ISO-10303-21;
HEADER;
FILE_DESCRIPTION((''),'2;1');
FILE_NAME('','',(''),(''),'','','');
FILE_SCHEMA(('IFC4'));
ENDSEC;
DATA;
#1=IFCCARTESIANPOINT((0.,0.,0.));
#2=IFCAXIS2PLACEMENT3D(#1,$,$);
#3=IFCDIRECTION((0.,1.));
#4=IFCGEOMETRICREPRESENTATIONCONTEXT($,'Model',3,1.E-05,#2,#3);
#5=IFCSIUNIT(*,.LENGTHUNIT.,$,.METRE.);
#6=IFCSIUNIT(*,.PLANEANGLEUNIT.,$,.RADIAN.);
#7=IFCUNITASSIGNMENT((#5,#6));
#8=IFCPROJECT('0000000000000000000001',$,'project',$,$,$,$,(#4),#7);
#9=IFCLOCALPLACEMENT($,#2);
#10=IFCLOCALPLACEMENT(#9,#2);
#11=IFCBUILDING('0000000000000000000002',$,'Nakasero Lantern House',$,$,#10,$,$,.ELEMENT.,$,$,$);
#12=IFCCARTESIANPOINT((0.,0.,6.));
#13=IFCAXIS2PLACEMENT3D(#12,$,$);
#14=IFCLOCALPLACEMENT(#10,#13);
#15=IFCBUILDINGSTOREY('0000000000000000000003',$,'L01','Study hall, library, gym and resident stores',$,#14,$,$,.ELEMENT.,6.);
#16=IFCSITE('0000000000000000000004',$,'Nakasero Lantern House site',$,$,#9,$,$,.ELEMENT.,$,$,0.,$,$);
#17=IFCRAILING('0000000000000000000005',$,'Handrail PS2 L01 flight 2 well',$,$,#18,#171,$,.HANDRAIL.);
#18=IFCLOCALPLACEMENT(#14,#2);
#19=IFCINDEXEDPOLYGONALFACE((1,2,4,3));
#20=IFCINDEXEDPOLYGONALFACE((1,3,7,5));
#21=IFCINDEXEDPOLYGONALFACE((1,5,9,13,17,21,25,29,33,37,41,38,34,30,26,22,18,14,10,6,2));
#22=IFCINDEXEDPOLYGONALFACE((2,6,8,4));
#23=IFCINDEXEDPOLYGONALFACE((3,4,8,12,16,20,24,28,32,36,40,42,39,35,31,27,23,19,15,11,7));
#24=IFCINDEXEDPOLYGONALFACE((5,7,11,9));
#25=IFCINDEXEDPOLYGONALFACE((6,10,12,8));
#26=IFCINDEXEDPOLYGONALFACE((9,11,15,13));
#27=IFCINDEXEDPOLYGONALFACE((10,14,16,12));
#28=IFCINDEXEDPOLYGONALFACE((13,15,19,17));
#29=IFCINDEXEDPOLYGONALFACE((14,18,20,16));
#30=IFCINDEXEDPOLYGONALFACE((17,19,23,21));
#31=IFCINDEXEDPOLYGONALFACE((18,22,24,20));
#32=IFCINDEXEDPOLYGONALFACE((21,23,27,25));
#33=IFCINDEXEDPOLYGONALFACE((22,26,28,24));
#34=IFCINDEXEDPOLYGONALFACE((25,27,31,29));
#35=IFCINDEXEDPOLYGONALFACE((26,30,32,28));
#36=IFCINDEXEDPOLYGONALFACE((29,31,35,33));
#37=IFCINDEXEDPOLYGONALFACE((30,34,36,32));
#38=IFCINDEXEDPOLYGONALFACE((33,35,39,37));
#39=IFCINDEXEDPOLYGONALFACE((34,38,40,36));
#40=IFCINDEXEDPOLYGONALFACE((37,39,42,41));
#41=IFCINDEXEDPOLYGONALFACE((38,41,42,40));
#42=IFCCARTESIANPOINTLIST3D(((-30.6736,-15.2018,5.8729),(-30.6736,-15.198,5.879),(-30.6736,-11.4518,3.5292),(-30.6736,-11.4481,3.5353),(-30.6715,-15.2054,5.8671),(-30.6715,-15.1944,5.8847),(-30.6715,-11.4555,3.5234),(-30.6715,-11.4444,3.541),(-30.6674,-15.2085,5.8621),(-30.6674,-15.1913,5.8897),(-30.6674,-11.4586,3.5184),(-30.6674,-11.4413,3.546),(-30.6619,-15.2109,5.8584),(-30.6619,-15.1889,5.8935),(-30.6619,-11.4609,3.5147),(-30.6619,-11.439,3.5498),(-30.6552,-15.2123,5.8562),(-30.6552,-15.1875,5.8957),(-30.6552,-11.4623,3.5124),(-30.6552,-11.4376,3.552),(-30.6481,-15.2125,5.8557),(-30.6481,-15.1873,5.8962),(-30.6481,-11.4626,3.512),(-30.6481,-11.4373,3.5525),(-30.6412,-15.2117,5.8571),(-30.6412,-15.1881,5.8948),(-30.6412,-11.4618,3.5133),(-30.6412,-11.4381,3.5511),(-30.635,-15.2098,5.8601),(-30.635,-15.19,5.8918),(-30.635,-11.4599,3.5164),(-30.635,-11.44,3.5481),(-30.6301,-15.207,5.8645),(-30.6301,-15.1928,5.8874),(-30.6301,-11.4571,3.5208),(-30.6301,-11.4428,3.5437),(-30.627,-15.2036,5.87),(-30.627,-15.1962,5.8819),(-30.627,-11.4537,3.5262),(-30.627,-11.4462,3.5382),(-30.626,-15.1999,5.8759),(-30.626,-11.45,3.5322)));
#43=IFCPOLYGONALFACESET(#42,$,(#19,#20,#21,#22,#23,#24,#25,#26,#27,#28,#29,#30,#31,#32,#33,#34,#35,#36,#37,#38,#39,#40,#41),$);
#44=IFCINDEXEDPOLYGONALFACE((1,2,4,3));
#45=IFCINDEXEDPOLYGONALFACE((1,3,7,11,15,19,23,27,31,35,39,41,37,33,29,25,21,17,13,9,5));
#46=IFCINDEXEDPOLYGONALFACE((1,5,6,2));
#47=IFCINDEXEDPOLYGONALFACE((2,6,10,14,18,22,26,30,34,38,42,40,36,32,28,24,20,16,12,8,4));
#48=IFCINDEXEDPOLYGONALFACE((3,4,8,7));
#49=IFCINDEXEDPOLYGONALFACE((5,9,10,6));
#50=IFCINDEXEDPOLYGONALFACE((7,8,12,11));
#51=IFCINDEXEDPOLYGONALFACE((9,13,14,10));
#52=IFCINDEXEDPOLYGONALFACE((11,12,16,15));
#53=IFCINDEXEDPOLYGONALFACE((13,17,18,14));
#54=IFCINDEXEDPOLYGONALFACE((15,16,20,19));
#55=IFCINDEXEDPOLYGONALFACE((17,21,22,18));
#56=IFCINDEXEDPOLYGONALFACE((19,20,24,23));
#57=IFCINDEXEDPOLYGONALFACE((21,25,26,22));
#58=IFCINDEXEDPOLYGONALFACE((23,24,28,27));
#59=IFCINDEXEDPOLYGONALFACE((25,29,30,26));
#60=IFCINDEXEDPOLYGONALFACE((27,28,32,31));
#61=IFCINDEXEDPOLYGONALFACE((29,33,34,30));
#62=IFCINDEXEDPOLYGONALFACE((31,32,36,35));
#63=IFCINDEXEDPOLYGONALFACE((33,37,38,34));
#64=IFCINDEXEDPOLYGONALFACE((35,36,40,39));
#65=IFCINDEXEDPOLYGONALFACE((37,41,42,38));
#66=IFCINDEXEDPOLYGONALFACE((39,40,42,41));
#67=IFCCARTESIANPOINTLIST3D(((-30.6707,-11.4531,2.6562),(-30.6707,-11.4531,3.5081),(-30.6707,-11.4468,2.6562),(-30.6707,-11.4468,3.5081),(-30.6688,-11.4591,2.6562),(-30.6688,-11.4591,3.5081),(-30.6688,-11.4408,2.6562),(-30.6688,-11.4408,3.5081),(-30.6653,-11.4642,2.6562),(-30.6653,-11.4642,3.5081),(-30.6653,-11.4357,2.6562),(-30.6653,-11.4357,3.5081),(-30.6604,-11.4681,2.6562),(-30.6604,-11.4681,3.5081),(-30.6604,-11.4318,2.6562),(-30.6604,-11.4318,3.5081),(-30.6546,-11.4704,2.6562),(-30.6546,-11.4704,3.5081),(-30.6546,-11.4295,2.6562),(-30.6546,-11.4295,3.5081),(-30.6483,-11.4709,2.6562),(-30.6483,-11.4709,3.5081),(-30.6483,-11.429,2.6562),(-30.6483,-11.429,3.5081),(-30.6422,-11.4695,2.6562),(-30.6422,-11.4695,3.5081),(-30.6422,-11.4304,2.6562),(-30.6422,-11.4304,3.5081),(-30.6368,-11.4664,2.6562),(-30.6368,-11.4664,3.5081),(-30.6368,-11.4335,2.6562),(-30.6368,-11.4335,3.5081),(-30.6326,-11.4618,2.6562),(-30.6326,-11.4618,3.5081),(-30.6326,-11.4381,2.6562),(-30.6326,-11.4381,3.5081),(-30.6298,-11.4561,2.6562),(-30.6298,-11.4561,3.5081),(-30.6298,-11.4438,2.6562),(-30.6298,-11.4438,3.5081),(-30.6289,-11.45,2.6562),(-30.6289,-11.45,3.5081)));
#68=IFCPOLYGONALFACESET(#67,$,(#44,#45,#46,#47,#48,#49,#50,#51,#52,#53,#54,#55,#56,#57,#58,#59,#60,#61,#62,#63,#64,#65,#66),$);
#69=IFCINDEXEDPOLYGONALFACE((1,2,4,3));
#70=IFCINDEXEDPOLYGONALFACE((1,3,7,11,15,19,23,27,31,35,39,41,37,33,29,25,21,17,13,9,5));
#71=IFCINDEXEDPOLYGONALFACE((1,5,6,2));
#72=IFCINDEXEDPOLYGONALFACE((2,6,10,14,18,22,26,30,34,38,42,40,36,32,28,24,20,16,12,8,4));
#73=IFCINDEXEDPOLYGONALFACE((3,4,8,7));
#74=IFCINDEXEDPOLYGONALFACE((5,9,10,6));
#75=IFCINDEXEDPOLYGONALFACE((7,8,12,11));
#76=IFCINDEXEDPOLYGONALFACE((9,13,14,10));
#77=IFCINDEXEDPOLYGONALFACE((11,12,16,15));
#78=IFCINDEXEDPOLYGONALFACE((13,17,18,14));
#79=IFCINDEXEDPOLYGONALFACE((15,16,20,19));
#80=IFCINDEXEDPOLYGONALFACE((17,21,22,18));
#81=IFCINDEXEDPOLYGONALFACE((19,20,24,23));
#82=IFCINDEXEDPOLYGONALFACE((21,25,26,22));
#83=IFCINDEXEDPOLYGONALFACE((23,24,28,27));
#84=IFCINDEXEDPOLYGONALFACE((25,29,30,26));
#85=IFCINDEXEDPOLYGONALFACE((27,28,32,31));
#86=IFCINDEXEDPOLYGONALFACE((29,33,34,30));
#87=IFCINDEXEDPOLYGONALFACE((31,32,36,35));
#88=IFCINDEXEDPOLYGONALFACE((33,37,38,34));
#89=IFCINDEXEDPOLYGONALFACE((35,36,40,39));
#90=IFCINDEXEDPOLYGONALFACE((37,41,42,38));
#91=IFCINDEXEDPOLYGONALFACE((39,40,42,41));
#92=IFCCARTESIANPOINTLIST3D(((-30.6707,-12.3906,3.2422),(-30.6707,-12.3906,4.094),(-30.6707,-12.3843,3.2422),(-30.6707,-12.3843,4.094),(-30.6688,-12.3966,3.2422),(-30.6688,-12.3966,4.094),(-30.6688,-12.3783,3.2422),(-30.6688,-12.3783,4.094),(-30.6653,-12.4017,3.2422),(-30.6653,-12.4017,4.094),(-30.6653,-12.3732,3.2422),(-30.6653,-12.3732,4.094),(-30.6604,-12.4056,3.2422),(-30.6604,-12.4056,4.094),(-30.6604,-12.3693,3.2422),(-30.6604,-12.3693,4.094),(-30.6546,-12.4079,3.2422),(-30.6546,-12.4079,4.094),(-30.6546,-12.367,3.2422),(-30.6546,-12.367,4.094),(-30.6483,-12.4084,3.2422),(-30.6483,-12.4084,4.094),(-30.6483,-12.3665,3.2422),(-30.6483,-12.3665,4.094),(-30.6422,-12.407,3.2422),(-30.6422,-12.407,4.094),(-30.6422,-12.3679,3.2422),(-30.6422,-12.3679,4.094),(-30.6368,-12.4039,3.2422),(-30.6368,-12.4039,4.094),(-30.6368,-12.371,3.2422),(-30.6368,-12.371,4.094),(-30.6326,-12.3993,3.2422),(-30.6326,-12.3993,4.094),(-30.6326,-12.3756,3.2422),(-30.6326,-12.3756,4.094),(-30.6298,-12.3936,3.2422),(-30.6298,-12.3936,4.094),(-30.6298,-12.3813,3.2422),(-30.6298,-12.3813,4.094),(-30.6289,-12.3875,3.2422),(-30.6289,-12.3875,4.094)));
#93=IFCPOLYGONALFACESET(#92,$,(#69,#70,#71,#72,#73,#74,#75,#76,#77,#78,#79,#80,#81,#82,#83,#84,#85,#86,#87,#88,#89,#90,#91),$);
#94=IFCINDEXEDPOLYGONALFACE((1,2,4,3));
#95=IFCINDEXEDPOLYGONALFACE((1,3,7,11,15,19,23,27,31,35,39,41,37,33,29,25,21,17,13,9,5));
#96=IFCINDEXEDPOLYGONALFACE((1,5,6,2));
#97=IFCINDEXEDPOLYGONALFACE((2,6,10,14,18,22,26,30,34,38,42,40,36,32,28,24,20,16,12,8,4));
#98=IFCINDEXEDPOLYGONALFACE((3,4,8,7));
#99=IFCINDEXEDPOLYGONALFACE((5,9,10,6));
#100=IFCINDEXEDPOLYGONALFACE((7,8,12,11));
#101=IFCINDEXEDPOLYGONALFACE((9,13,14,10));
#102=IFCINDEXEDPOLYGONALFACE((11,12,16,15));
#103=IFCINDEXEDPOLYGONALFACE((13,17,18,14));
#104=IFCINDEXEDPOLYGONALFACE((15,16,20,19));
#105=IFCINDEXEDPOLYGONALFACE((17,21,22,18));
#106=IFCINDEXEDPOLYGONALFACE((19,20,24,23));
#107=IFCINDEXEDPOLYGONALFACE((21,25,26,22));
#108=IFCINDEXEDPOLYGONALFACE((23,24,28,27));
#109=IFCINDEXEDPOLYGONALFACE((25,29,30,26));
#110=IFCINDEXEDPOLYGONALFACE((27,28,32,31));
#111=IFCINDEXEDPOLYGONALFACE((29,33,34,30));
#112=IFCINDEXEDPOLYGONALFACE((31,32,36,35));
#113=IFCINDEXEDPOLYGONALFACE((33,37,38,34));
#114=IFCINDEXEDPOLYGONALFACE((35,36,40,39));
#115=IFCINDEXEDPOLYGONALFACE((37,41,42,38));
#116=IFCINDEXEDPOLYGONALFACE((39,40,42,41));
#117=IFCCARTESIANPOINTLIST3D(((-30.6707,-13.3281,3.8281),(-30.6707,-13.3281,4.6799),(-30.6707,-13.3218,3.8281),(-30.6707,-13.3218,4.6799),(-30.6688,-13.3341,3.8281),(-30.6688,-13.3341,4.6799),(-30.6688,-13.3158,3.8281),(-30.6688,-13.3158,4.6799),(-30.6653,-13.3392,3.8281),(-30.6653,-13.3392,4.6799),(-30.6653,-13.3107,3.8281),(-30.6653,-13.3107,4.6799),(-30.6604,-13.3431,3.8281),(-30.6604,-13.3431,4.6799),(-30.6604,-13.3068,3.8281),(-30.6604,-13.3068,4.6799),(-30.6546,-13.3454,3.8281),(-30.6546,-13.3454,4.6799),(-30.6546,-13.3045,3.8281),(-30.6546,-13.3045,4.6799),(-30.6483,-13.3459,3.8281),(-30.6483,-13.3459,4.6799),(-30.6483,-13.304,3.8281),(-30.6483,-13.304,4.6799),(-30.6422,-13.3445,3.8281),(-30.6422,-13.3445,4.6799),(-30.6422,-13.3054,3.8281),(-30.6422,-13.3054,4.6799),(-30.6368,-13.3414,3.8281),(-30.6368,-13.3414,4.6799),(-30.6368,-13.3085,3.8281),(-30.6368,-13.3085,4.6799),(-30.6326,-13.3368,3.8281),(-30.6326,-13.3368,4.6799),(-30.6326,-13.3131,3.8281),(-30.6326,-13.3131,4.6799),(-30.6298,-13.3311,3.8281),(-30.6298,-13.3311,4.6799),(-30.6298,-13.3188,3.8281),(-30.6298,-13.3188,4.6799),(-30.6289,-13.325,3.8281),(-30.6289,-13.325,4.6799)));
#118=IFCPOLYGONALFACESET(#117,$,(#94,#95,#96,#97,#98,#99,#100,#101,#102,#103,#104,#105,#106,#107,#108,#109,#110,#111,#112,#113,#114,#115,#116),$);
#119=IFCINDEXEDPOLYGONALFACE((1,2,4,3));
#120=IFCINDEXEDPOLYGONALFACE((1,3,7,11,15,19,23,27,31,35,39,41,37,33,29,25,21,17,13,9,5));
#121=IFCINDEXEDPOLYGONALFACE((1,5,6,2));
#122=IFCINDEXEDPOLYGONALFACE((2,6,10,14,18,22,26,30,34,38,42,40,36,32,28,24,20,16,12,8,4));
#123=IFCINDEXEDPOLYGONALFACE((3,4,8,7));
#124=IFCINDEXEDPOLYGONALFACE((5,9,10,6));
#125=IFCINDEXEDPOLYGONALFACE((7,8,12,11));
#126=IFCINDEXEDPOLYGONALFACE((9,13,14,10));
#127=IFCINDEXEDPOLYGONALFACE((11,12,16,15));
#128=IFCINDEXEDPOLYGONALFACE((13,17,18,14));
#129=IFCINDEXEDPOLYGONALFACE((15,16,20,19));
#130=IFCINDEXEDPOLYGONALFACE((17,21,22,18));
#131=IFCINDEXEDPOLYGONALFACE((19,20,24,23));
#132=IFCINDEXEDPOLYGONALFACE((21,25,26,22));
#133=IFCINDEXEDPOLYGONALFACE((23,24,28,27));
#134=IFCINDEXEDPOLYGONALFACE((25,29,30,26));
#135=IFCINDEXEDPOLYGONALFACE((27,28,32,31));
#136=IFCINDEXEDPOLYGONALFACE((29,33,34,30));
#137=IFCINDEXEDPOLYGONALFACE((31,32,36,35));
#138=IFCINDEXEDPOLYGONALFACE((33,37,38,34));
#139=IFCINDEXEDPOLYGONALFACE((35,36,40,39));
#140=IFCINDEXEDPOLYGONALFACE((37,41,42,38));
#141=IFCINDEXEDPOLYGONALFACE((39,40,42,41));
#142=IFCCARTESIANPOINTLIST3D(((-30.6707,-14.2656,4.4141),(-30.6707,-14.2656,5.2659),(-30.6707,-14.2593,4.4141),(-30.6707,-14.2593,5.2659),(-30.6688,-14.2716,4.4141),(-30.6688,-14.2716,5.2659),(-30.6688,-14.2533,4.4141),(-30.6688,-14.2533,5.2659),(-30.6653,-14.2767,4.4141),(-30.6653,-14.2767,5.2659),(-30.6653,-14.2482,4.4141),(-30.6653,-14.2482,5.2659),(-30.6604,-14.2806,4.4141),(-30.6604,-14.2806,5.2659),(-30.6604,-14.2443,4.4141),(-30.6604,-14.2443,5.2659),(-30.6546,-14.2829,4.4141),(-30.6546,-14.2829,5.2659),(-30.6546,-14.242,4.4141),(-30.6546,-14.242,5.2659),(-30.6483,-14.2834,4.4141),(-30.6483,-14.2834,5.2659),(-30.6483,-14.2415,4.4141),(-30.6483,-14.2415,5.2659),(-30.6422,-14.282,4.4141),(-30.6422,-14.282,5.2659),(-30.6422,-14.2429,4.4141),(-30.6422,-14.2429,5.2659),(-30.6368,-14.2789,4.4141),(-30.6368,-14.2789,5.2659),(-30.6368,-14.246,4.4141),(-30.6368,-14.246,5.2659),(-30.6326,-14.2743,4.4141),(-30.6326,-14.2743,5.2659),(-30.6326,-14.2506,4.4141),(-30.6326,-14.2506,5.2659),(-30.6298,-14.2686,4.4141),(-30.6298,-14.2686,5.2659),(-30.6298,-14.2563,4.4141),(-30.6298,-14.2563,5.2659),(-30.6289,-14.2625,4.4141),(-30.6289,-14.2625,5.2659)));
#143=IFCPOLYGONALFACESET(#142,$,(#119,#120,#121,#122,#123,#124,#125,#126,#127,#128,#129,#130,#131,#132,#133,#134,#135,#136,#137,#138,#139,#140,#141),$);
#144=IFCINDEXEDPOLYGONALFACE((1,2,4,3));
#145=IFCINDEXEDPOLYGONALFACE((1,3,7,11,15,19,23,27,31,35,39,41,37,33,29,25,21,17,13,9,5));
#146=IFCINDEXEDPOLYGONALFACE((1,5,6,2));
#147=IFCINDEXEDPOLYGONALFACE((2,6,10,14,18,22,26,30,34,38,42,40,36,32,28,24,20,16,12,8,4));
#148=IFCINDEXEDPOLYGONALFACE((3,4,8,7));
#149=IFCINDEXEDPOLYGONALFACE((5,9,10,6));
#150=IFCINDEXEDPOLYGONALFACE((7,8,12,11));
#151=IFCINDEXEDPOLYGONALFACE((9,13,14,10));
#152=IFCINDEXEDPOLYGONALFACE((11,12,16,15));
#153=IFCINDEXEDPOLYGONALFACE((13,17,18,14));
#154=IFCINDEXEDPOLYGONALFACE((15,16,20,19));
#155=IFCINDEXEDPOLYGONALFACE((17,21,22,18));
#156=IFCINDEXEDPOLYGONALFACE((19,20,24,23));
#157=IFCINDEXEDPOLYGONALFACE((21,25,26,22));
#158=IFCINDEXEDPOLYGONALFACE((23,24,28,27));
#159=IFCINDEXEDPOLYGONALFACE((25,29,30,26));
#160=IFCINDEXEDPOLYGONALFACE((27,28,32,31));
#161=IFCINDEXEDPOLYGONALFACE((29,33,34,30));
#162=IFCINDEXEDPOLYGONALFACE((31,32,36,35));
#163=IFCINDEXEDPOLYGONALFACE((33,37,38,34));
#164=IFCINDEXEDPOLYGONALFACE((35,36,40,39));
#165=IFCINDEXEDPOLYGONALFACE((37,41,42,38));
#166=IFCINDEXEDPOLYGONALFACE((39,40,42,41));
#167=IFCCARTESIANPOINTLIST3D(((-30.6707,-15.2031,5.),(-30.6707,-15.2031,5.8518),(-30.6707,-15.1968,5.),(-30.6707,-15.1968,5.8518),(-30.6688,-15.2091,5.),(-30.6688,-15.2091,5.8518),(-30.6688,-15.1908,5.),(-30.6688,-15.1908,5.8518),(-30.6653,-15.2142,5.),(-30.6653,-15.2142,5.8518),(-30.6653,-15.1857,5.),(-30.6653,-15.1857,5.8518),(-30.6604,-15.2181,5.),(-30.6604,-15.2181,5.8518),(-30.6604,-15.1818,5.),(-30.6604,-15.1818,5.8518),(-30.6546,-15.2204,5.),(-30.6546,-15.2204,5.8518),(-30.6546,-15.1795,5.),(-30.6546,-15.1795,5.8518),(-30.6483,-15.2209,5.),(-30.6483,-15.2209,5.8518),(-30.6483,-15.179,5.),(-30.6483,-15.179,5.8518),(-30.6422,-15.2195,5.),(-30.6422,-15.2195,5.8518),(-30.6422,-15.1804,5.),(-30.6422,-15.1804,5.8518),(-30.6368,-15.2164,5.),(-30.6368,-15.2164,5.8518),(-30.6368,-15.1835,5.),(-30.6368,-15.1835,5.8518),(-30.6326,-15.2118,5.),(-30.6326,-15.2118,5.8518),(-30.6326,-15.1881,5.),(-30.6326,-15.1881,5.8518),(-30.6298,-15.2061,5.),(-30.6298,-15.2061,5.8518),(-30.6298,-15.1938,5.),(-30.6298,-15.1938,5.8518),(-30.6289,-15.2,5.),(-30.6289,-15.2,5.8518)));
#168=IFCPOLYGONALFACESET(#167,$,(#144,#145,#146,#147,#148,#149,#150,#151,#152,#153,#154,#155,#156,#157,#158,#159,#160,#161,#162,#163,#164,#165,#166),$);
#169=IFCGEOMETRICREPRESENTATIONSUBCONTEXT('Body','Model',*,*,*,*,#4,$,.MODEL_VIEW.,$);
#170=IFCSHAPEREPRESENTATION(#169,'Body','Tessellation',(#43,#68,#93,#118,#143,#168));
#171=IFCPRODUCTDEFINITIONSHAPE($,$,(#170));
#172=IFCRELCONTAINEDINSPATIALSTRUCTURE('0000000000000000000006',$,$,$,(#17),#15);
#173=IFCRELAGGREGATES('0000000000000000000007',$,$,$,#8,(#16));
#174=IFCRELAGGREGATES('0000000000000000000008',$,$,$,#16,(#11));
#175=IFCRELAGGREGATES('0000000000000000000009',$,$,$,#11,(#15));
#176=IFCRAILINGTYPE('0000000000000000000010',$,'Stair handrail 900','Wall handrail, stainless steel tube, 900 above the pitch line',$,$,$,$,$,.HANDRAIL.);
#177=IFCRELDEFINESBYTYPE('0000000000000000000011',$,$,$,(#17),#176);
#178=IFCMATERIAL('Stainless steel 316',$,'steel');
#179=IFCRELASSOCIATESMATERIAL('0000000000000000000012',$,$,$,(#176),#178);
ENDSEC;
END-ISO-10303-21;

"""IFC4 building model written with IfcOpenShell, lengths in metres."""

from ifc_helpers import new_model, si_unit, direction, frame, origin, origin_2d, place, context, subcontext, project, spatial, circle, extrude, material, type_object, element, save


model = new_model("IFC4")

# Units and contexts
model_context = context("Model", 3, precision=1e-05, world=origin(), true_north=direction((0.0, 1.0)))
body_context = subcontext(model_context, "Body", "Model", "MODEL_VIEW")
ifc_project = project(units=[si_unit("LENGTHUNIT", "METRE"), si_unit("PLANEANGLEUNIT", "RADIAN")], contexts=[model_context])

# Site, building, storey
site_placement = place(None, origin())
site = spatial("IfcSite", under=ifc_project, at=site_placement, Name="Nakasero Lantern House site", CompositionType="ELEMENT", RefElevation=0.0)
building_placement = place(site_placement, origin())
building = spatial("IfcBuilding", under=site, at=building_placement, Name="Nakasero Lantern House", CompositionType="ELEMENT")
storey_placement = place(building_placement, frame((0.0, 0.0, 6.0)))
storey = spatial("IfcBuildingStorey", under=building, at=storey_placement, Name="L01", Description="Study hall, library, gym and resident stores", CompositionType="ELEMENT", Elevation=6.0)

# Railing
ifc_material_1 = material(Name="Stainless steel 316", Category="steel")
railing_type = type_object("IfcRailingType", Name="Stair handrail 900", Description="Wall handrail, stainless steel tube, 900 above the pitch line", PredefinedType="HANDRAIL", material=ifc_material_1)
for number, where, name in (
    (1, (-30.6499, -11.45, 2.6562), "Handrail PS2 L01 flight 2 well"),
):
    element("IfcRailing", number, at=place(storey_placement, frame(where)), inside=storey, type_object=railing_type, Name=name, PredefinedType="HANDRAIL", context=body_context, shape_type="SweptSolid", body=[
        extrude(circle(Radius=0.0239, at=origin_2d()), frame((0.0, 0.0, 0.876), z_axis=(0.0, -0.847998, 0.529999), x_axis=(1.0, 0.0, 0.0)), (0.0, 0.0, 1.0), 4.4221),
        extrude(circle(Radius=0.021, at=origin_2d()), origin(), (0.0, 0.0, 1.0), 0.8518),
        extrude(circle(Radius=0.021, at=origin_2d()), frame((0.0, -0.9375, 0.5859)), (0.0, 0.0, 1.0), 0.8518),
        extrude(circle(Radius=0.021, at=origin_2d()), frame((0.0, -1.875, 1.1719)), (0.0, 0.0, 1.0), 0.8518),
        extrude(circle(Radius=0.021, at=origin_2d()), frame((0.0, -2.8125, 1.7578)), (0.0, 0.0, 1.0), 0.8518),
        extrude(circle(Radius=0.021, at=origin_2d()), frame((0.0, -3.75, 2.3438)), (0.0, 0.0, 1.0), 0.8518),
    ])

save(model, "model.ifc")
